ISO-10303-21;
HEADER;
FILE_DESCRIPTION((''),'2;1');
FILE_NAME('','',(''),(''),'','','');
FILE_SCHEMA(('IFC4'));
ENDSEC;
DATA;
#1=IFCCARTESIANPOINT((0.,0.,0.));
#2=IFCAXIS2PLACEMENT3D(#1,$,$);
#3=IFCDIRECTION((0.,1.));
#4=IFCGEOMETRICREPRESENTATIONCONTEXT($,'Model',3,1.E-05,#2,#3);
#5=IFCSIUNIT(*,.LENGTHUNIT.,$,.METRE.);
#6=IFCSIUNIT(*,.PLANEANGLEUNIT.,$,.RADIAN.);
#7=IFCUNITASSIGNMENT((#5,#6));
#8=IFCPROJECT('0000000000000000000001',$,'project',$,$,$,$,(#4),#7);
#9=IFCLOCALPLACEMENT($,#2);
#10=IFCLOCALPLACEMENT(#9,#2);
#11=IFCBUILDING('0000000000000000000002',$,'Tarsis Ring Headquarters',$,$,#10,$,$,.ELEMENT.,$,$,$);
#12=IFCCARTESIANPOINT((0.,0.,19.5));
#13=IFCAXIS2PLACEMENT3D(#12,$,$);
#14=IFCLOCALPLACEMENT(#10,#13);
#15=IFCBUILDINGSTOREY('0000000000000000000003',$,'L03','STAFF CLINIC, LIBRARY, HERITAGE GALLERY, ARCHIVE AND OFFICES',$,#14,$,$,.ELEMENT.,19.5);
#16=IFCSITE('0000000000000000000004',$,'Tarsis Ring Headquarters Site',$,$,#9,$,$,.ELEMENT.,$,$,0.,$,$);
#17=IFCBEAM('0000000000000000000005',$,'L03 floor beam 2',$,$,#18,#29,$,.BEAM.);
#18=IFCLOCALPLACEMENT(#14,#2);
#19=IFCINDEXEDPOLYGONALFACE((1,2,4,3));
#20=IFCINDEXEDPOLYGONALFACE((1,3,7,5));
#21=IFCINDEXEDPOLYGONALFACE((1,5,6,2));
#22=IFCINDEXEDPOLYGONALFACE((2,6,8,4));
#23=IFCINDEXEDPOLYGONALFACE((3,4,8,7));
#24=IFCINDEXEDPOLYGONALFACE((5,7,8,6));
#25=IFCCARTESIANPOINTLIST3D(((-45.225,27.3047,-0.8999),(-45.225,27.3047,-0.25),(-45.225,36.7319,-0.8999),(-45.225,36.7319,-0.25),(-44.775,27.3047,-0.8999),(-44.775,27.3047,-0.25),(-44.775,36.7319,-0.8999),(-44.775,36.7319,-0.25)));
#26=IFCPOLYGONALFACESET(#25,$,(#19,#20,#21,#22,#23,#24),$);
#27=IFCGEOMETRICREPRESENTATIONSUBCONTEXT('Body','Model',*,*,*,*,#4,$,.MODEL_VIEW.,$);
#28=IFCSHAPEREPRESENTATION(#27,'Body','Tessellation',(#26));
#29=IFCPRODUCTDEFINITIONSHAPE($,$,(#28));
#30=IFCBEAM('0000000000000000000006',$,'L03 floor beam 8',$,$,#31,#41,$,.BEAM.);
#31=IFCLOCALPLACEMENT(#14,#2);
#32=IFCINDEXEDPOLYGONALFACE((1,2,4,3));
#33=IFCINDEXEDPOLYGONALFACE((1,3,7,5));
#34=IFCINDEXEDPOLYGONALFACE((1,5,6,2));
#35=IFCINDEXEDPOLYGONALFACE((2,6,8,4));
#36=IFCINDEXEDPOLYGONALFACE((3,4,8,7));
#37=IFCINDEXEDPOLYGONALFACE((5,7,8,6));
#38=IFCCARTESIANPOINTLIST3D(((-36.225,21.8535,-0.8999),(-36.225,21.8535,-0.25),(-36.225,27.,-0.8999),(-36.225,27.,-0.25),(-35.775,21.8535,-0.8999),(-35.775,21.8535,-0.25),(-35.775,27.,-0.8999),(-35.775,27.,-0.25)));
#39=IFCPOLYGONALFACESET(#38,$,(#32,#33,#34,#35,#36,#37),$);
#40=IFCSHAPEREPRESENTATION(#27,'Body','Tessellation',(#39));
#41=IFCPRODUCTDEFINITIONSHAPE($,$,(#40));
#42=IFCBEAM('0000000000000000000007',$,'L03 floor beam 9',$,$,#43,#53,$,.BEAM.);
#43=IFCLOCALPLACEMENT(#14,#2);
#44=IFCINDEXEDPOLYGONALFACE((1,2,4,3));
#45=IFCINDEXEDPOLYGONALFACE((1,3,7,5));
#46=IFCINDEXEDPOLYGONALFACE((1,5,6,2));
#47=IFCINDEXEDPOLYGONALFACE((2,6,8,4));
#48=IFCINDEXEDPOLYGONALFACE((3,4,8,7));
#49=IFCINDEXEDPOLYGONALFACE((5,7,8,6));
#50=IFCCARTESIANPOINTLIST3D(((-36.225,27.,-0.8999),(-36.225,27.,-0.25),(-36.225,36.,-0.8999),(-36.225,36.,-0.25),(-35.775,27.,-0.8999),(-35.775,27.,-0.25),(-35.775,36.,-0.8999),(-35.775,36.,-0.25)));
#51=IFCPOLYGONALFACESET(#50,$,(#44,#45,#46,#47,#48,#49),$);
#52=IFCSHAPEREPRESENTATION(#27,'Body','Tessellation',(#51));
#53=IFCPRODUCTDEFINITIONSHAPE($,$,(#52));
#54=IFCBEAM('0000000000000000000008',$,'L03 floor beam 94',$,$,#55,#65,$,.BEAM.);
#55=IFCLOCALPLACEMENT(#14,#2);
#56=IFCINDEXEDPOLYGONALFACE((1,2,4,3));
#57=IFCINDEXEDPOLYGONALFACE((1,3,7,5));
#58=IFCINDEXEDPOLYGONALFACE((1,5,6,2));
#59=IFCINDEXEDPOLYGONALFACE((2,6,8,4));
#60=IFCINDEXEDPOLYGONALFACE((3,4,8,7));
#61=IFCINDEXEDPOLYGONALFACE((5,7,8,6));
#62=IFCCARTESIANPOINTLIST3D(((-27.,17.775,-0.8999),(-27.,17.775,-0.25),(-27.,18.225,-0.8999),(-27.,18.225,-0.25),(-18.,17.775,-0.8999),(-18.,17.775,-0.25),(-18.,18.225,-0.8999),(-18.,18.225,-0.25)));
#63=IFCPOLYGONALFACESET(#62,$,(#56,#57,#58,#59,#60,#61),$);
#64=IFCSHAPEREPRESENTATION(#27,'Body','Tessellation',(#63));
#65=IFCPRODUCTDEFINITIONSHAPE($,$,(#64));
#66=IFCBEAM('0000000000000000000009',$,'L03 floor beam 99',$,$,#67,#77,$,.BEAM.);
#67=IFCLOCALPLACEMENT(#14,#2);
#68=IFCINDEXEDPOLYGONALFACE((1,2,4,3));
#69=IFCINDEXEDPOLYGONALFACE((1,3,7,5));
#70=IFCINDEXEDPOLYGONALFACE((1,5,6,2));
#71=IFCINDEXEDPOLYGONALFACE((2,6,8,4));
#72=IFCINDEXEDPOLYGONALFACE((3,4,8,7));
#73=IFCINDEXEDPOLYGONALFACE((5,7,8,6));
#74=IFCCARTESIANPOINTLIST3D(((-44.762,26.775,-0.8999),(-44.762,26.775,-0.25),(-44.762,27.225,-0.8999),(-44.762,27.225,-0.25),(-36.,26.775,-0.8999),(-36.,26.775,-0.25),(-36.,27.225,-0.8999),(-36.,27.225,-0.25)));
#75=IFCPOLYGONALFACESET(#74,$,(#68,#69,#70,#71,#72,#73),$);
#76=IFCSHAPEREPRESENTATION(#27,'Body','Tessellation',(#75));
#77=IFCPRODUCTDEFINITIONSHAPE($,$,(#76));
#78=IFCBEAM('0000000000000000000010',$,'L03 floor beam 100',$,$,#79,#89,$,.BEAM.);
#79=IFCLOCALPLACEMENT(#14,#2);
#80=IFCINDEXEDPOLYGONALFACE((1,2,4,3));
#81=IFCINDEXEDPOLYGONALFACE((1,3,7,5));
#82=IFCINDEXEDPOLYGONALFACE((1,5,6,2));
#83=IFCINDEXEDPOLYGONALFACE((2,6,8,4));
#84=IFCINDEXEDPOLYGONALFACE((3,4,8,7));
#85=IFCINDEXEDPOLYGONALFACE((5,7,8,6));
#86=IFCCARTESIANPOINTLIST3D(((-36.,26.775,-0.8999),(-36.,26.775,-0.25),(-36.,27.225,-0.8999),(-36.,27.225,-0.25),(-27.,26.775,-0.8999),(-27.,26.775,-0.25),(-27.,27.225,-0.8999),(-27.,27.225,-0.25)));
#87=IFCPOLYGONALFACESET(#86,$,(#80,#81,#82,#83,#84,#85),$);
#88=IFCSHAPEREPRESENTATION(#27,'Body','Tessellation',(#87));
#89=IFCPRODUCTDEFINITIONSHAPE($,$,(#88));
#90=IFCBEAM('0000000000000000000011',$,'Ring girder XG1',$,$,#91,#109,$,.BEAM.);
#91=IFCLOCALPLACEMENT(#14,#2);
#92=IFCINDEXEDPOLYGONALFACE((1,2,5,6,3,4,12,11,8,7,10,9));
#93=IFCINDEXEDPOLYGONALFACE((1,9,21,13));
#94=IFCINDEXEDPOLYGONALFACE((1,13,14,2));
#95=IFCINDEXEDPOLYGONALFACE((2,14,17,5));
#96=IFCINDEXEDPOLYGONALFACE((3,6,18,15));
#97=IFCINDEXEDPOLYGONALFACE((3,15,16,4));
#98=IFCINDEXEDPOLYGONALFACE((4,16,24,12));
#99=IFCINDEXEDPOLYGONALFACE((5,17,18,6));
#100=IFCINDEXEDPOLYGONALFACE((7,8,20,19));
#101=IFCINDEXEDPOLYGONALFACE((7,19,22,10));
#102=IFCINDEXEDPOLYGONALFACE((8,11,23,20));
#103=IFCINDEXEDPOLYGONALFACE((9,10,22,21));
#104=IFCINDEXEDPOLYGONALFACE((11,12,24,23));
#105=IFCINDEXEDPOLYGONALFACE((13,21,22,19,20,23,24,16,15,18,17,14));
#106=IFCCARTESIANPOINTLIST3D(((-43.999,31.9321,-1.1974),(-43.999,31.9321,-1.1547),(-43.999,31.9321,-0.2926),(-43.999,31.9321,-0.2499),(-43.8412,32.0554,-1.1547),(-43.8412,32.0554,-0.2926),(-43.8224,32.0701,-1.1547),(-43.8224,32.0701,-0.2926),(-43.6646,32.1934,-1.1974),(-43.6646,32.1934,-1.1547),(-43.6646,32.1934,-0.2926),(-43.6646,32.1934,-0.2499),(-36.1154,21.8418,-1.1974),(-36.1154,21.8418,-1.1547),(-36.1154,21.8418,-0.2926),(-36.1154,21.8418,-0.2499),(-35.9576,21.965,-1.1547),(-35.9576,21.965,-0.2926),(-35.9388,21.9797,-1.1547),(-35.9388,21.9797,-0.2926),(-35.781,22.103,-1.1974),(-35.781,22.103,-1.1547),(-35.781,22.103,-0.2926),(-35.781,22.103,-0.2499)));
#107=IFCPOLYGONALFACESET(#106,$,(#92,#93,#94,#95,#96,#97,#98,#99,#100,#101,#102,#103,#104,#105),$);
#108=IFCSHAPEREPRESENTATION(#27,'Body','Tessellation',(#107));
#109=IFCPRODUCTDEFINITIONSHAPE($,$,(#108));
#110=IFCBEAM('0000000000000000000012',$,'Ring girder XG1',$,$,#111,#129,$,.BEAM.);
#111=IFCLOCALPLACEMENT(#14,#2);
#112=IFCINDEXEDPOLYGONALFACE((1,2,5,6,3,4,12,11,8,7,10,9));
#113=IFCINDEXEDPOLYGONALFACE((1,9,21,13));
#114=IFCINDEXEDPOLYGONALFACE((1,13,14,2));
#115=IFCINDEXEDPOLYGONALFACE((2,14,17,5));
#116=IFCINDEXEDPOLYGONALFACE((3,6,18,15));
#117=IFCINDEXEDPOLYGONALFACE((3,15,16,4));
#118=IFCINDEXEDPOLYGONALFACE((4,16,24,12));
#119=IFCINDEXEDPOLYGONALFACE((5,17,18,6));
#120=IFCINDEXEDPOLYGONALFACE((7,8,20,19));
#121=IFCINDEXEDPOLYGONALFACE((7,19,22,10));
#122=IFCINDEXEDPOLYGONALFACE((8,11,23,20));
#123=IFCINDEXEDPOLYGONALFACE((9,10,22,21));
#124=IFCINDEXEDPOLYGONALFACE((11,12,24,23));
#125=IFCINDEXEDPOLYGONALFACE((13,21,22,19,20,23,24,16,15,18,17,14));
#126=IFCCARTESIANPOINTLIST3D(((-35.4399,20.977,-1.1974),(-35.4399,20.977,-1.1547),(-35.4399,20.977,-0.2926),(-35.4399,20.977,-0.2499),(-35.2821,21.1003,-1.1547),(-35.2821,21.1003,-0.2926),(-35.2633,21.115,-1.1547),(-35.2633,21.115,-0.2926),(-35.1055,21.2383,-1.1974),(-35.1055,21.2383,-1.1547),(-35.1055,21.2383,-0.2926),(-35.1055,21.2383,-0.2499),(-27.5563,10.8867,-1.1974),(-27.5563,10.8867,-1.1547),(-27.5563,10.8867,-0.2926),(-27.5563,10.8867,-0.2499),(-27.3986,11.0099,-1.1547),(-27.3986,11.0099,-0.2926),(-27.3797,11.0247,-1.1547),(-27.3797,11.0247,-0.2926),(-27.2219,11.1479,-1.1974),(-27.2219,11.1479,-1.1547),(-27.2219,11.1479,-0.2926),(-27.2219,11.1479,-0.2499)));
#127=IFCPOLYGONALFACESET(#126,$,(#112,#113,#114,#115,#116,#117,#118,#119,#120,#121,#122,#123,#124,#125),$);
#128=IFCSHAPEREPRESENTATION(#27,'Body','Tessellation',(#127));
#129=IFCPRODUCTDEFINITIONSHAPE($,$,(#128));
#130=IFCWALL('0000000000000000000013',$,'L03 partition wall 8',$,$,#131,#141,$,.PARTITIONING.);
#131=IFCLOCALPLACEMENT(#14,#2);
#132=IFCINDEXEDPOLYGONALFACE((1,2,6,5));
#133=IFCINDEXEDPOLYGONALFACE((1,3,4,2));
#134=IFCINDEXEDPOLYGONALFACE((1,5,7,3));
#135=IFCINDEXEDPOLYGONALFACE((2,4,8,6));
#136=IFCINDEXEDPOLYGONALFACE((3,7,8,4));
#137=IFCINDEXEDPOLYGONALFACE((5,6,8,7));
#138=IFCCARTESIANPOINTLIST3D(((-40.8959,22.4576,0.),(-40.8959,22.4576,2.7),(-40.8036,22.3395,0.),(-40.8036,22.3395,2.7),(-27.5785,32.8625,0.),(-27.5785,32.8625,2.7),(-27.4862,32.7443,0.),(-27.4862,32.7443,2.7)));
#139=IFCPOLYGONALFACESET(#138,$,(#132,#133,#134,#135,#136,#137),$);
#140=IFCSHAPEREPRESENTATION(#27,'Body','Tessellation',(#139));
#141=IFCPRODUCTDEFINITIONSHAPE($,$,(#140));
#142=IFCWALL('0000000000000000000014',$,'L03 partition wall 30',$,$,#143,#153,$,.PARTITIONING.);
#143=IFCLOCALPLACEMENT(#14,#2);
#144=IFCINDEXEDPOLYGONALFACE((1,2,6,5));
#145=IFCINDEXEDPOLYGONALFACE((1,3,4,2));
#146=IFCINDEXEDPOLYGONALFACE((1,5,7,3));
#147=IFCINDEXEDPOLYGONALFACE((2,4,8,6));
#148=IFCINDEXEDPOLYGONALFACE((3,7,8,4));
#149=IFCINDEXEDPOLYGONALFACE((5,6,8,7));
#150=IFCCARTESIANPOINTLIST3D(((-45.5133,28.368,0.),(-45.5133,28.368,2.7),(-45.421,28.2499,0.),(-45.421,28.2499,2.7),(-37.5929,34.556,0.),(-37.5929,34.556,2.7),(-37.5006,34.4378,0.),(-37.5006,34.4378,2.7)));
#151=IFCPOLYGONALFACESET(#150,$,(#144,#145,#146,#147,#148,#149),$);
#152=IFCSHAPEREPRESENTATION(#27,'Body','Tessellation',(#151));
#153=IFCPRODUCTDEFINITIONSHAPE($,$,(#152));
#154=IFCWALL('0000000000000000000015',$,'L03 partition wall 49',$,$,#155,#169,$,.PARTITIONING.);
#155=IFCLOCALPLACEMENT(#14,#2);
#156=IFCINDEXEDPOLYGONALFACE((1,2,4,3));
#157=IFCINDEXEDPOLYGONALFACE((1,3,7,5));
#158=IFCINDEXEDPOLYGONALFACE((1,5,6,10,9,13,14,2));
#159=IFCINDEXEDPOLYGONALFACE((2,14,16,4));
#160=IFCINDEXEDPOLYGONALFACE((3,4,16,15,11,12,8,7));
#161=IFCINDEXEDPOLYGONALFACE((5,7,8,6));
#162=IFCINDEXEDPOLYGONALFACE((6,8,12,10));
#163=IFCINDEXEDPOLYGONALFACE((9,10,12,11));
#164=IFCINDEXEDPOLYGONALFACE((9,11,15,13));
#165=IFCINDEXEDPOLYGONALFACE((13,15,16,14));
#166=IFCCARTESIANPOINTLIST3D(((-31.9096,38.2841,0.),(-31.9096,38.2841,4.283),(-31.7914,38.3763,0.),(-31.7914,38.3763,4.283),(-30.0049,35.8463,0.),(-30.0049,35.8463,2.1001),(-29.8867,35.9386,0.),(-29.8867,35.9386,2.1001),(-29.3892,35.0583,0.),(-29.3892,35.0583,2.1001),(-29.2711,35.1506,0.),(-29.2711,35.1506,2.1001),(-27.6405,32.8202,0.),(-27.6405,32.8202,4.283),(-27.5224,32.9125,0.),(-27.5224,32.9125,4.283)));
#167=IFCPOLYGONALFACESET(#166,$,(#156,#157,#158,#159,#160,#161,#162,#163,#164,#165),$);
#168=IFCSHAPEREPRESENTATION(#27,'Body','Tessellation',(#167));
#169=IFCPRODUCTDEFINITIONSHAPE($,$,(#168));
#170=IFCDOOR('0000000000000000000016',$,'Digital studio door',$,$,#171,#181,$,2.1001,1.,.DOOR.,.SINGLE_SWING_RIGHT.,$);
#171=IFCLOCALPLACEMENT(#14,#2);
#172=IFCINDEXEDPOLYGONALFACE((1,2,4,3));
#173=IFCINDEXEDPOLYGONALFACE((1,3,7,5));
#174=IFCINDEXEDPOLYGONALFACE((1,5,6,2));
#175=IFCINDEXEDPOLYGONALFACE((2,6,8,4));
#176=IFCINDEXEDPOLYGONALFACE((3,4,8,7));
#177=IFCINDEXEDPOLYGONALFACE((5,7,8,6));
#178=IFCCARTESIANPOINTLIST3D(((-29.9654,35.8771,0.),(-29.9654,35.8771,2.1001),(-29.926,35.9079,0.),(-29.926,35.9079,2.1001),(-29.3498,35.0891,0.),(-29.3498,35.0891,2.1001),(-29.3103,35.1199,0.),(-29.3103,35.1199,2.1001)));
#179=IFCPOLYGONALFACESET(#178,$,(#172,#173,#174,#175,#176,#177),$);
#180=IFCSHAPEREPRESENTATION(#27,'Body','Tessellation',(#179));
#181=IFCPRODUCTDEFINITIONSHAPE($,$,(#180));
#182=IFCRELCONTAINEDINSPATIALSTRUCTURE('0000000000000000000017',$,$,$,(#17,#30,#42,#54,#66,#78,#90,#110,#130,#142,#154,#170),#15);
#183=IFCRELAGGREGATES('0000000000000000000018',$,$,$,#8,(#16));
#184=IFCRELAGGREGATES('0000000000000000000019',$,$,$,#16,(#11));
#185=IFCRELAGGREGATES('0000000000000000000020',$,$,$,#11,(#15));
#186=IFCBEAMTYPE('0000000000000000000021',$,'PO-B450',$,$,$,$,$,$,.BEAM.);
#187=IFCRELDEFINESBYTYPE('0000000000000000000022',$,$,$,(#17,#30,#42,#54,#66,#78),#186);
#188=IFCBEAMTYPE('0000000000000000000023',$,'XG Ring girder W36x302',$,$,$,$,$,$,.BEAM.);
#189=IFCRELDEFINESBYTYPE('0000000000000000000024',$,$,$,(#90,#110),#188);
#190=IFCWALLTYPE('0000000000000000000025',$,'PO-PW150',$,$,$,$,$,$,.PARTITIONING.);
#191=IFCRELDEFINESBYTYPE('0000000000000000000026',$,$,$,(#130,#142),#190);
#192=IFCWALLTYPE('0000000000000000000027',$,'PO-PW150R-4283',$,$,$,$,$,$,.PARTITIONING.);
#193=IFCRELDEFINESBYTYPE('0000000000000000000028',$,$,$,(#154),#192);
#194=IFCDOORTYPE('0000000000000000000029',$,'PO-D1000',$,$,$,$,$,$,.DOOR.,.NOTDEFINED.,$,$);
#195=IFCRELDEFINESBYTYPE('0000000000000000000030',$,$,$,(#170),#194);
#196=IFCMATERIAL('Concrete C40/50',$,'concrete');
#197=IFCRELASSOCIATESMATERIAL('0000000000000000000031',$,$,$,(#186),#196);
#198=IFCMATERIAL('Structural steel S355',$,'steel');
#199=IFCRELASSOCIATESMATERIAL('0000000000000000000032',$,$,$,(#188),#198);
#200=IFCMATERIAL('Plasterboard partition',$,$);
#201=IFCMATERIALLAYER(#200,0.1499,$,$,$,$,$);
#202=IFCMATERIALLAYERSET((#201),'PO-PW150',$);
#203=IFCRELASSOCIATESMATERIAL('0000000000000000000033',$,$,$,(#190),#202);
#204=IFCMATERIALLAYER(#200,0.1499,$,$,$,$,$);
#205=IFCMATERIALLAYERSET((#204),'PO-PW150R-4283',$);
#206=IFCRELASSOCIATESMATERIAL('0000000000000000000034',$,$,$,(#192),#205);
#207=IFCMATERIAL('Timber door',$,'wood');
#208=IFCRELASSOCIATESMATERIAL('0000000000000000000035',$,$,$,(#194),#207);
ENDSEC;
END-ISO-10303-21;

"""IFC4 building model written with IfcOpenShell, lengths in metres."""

from ifc_helpers import new_model, si_unit, direction, frame, frame_2d, origin, origin_2d, place, context, subcontext, project, spatial, rectangle, i_section, extrude, material, layer, layer_set, material_profile, profile_set, type_object, element, fill, save


model = new_model("IFC4")

# Units and contexts
model_context = context("Model", 3, precision=1e-05, world=origin(), true_north=direction((0.0, 1.0)))
body_context = subcontext(model_context, "Body", "Model", "MODEL_VIEW")
ifc_project = project(units=[si_unit("LENGTHUNIT", "METRE"), si_unit("PLANEANGLEUNIT", "RADIAN")], contexts=[model_context])

# Site, building, storey
site_placement = place(None, origin())
site = spatial("IfcSite", under=ifc_project, at=site_placement, Name="Tarsis Ring Headquarters Site", CompositionType="ELEMENT", RefElevation=0.0)
building_placement = place(site_placement, origin())
building = spatial("IfcBuilding", under=site, at=building_placement, Name="Tarsis Ring Headquarters", CompositionType="ELEMENT")
storey_placement = place(building_placement, frame((0.0, 0.0, 19.5)))
storey = spatial("IfcBuildingStorey", under=building, at=storey_placement, Name="L03", Description="STAFF CLINIC, LIBRARY, HERITAGE GALLERY, ARCHIVE AND OFFICES", CompositionType="ELEMENT", Elevation=19.5)

# Beams
ifc_material_1 = material(Name="Concrete C40/50", Category="concrete")
ifc_material_profile_1 = material_profile(ifc_material_1, rectangle(XDim=0.45, YDim=0.6499, at=origin_2d()), Name="PO-B450")
ifc_profile_set_1 = profile_set([ifc_material_profile_1], Name="Concrete C40/50")
beam_type_1 = type_object("IfcBeamType", Name="PO-B450", PredefinedType="BEAM", material=ifc_profile_set_1)
beam_1_placement = place(storey_placement, frame((-45.0, 27.3047, -0.575), z_axis=(0.0, 1.0, 0.0), x_axis=(-1.0, 0.0, 0.0)))
element("IfcBeam", 1, at=beam_1_placement, inside=storey, type_object=beam_type_1, Name="L03 floor beam 2", PredefinedType="BEAM", context=body_context, shape_type="SweptSolid", body=[
    extrude(rectangle(XDim=0.45, YDim=0.6499, at=origin_2d()), origin(), (0.0, 0.0, 1.0), 9.4272),
])
beam_2_placement = place(storey_placement, frame((-36.0, 21.8535, -0.575), z_axis=(0.0, 1.0, 0.0), x_axis=(-1.0, 0.0, 0.0)))
element("IfcBeam", 2, at=beam_2_placement, inside=storey, type_object=beam_type_1, Name="L03 floor beam 8", PredefinedType="BEAM", context=body_context, shape_type="SweptSolid", body=[
    extrude(rectangle(XDim=0.45, YDim=0.6499, at=origin_2d()), origin(), (0.0, 0.0, 1.0), 5.1465),
])
for number, where, z_axis, x_axis, name in (
    (3, (-36.0, 27.0, -0.575), (0.0, 1.0, 0.0), (-1.0, 0.0, 0.0), "L03 floor beam 9"),
    (4, (-27.0, 18.0, -0.575), (1.0, 0.0, 0.0), (0.0, 1.0, 0.0), "L03 floor beam 94"),
):
    element("IfcBeam", number, at=place(storey_placement, frame(where, z_axis=z_axis, x_axis=x_axis)), inside=storey, type_object=beam_type_1, Name=name, PredefinedType="BEAM", context=body_context, shape_type="SweptSolid", body=[
        extrude(rectangle(XDim=0.45, YDim=0.6499, at=origin_2d()), origin(), (0.0, 0.0, 1.0), 9.0),
    ])
beam_3_placement = place(storey_placement, frame((-44.762, 27.0, -0.575), z_axis=(1.0, 0.0, 0.0), x_axis=(0.0, 1.0, 0.0)))
element("IfcBeam", 5, at=beam_3_placement, inside=storey, type_object=beam_type_1, Name="L03 floor beam 99", PredefinedType="BEAM", context=body_context, shape_type="SweptSolid", body=[
    extrude(rectangle(XDim=0.45, YDim=0.6499, at=origin_2d()), origin(), (0.0, 0.0, 1.0), 8.762),
])
beam_4_placement = place(storey_placement, frame((-36.0, 27.0, -0.575), z_axis=(1.0, 0.0, 0.0), x_axis=(0.0, 1.0, 0.0)))
element("IfcBeam", 6, at=beam_4_placement, inside=storey, type_object=beam_type_1, Name="L03 floor beam 100", PredefinedType="BEAM", context=body_context, shape_type="SweptSolid", body=[
    extrude(rectangle(XDim=0.45, YDim=0.6499, at=origin_2d()), origin(), (0.0, 0.0, 1.0), 9.0),
])
ifc_material_2 = material(Name="Structural steel S355", Category="steel")
ifc_material_profile_2 = material_profile(ifc_material_2, i_section(OverallWidth=0.4243, OverallDepth=0.9475, WebThickness=0.0239, FlangeThickness=0.0427, at=origin_2d()), Name="W36x302")
ifc_profile_set_2 = profile_set([ifc_material_profile_2], Name="Structural steel S355")
beam_type_2 = type_object("IfcBeamType", Name="XG Ring girder W36x302", PredefinedType="BEAM", material=ifc_profile_set_2)
for number, where, z_axis, x_axis, name in (
    (7, (-43.8318, 32.0627, -0.7236), (0.615667, -0.788006, 0.0), (0.788006, 0.615667, 0.0), "Ring girder XG1"),
    (8, (-35.2727, 21.1077, -0.7236), (0.615667, -0.788006, 0.0), (0.788006, 0.615667, 0.0), "Ring girder XG1"),
):
    element("IfcBeam", number, at=place(storey_placement, frame(where, z_axis=z_axis, x_axis=x_axis)), inside=storey, type_object=beam_type_2, Name=name, PredefinedType="BEAM", context=body_context, shape_type="SweptSolid", body=[
        extrude(i_section(OverallWidth=0.4243, OverallDepth=0.9475, WebThickness=0.0239, FlangeThickness=0.0427, at=origin_2d()), origin(), (0.0, 0.0, 1.0), 12.8049),
    ])

# Walls
ifc_material_3 = material(Name="Plasterboard partition")
ifc_layer_1 = layer(ifc_material_3, 0.1499)
ifc_layer_set_1 = layer_set([ifc_layer_1], Name="PO-PW150")
wall_type_1 = type_object("IfcWallType", Name="PO-PW150", PredefinedType="PARTITIONING", material=ifc_layer_set_1)
wall_1_placement = place(storey_placement, frame((-27.5322, 32.8035, 0.0), z_axis=(0.0, 0.0, 1.0), x_axis=(-0.788008, -0.615665, 0.0)))
element("IfcWall", 9, at=wall_1_placement, inside=storey, type_object=wall_type_1, Name="L03 partition wall 8", PredefinedType="PARTITIONING", context=body_context, shape_type="SweptSolid", body=[
    extrude(rectangle(XDim=16.9001, YDim=0.1499, at=frame_2d((8.4502, 0.0))), origin(), (0.0, 0.0, 1.0), 2.7),
])
wall_2_placement = place(storey_placement, frame((-37.5469, 34.4968, 0.0), z_axis=(0.0, 0.0, 1.0), x_axis=(-0.788016, -0.615654, 0.0)))
element("IfcWall", 10, at=wall_2_placement, inside=storey, type_object=wall_type_1, Name="L03 partition wall 30", PredefinedType="PARTITIONING", context=body_context, shape_type="SweptSolid", body=[
    extrude(rectangle(XDim=10.051, YDim=0.1499, at=frame_2d((5.0254, 0.0))), origin(), (0.0, 0.0, 1.0), 2.7),
])

# Wall, opening, door
ifc_layer_2 = layer(ifc_material_3, 0.1499)
ifc_layer_set_2 = layer_set([ifc_layer_2], Name="PO-PW150R-4283")
wall_type_2 = type_object("IfcWallType", Name="PO-PW150R-4283", PredefinedType="PARTITIONING", material=ifc_layer_set_2)
wall_3_placement = place(storey_placement, frame((-27.5815, 32.8665, 0.0), z_axis=(0.0, 0.0, 1.0), x_axis=(-0.61568, 0.787997, 0.0)))
wall_3 = element("IfcWall", 11, at=wall_3_placement, inside=storey, type_object=wall_type_2, Name="L03 partition wall 49", PredefinedType="PARTITIONING", context=body_context, shape_type="SweptSolid", body=[
    extrude(rectangle(XDim=6.9338, YDim=0.1499, at=frame_2d((3.4668, 0.0))), origin(), (0.0, 0.0, 1.0), 4.283),
])
opening_1_placement = place(wall_3_placement, frame((2.8401, 0.0, 0.0)))
opening_1 = element("IfcOpeningElement", 12, at=opening_1_placement, cuts=wall_3, PredefinedType="OPENING", context=body_context, shape_type="SweptSolid", body=[
    extrude(rectangle(XDim=1.0, YDim=2.1001, at=frame_2d((0.5, 1.05))), frame((0.0, 0.085, 0.0), z_axis=(0.0, -1.0, 0.0), x_axis=(1.0, 0.0, 0.0)), (0.0, 0.0, 1.0), 0.1699),
])
ifc_material_4 = material(Name="Timber door", Category="wood")
door_type = type_object("IfcDoorType", Name="PO-D1000", OperationType="NOTDEFINED", PredefinedType="DOOR", material=ifc_material_4)
door_placement = place(opening_1_placement, origin())
door = element("IfcDoor", 13, at=door_placement, inside=storey, type_object=door_type, Name="Digital studio door", OperationType="SINGLE_SWING_RIGHT", OverallHeight=2.1001, OverallWidth=1.0, PredefinedType="DOOR", context=body_context, shape_type="SweptSolid", body=[
    extrude(rectangle(XDim=1.0, YDim=2.1001, at=frame_2d((0.5, 1.05))), frame((0.0, 0.0249, 0.0), z_axis=(0.0, -1.0, 0.0), x_axis=(1.0, 0.0, 0.0)), (0.0, 0.0, 1.0), 0.05),
])
fill(opening_1, door)

save(model, "model.ifc")
